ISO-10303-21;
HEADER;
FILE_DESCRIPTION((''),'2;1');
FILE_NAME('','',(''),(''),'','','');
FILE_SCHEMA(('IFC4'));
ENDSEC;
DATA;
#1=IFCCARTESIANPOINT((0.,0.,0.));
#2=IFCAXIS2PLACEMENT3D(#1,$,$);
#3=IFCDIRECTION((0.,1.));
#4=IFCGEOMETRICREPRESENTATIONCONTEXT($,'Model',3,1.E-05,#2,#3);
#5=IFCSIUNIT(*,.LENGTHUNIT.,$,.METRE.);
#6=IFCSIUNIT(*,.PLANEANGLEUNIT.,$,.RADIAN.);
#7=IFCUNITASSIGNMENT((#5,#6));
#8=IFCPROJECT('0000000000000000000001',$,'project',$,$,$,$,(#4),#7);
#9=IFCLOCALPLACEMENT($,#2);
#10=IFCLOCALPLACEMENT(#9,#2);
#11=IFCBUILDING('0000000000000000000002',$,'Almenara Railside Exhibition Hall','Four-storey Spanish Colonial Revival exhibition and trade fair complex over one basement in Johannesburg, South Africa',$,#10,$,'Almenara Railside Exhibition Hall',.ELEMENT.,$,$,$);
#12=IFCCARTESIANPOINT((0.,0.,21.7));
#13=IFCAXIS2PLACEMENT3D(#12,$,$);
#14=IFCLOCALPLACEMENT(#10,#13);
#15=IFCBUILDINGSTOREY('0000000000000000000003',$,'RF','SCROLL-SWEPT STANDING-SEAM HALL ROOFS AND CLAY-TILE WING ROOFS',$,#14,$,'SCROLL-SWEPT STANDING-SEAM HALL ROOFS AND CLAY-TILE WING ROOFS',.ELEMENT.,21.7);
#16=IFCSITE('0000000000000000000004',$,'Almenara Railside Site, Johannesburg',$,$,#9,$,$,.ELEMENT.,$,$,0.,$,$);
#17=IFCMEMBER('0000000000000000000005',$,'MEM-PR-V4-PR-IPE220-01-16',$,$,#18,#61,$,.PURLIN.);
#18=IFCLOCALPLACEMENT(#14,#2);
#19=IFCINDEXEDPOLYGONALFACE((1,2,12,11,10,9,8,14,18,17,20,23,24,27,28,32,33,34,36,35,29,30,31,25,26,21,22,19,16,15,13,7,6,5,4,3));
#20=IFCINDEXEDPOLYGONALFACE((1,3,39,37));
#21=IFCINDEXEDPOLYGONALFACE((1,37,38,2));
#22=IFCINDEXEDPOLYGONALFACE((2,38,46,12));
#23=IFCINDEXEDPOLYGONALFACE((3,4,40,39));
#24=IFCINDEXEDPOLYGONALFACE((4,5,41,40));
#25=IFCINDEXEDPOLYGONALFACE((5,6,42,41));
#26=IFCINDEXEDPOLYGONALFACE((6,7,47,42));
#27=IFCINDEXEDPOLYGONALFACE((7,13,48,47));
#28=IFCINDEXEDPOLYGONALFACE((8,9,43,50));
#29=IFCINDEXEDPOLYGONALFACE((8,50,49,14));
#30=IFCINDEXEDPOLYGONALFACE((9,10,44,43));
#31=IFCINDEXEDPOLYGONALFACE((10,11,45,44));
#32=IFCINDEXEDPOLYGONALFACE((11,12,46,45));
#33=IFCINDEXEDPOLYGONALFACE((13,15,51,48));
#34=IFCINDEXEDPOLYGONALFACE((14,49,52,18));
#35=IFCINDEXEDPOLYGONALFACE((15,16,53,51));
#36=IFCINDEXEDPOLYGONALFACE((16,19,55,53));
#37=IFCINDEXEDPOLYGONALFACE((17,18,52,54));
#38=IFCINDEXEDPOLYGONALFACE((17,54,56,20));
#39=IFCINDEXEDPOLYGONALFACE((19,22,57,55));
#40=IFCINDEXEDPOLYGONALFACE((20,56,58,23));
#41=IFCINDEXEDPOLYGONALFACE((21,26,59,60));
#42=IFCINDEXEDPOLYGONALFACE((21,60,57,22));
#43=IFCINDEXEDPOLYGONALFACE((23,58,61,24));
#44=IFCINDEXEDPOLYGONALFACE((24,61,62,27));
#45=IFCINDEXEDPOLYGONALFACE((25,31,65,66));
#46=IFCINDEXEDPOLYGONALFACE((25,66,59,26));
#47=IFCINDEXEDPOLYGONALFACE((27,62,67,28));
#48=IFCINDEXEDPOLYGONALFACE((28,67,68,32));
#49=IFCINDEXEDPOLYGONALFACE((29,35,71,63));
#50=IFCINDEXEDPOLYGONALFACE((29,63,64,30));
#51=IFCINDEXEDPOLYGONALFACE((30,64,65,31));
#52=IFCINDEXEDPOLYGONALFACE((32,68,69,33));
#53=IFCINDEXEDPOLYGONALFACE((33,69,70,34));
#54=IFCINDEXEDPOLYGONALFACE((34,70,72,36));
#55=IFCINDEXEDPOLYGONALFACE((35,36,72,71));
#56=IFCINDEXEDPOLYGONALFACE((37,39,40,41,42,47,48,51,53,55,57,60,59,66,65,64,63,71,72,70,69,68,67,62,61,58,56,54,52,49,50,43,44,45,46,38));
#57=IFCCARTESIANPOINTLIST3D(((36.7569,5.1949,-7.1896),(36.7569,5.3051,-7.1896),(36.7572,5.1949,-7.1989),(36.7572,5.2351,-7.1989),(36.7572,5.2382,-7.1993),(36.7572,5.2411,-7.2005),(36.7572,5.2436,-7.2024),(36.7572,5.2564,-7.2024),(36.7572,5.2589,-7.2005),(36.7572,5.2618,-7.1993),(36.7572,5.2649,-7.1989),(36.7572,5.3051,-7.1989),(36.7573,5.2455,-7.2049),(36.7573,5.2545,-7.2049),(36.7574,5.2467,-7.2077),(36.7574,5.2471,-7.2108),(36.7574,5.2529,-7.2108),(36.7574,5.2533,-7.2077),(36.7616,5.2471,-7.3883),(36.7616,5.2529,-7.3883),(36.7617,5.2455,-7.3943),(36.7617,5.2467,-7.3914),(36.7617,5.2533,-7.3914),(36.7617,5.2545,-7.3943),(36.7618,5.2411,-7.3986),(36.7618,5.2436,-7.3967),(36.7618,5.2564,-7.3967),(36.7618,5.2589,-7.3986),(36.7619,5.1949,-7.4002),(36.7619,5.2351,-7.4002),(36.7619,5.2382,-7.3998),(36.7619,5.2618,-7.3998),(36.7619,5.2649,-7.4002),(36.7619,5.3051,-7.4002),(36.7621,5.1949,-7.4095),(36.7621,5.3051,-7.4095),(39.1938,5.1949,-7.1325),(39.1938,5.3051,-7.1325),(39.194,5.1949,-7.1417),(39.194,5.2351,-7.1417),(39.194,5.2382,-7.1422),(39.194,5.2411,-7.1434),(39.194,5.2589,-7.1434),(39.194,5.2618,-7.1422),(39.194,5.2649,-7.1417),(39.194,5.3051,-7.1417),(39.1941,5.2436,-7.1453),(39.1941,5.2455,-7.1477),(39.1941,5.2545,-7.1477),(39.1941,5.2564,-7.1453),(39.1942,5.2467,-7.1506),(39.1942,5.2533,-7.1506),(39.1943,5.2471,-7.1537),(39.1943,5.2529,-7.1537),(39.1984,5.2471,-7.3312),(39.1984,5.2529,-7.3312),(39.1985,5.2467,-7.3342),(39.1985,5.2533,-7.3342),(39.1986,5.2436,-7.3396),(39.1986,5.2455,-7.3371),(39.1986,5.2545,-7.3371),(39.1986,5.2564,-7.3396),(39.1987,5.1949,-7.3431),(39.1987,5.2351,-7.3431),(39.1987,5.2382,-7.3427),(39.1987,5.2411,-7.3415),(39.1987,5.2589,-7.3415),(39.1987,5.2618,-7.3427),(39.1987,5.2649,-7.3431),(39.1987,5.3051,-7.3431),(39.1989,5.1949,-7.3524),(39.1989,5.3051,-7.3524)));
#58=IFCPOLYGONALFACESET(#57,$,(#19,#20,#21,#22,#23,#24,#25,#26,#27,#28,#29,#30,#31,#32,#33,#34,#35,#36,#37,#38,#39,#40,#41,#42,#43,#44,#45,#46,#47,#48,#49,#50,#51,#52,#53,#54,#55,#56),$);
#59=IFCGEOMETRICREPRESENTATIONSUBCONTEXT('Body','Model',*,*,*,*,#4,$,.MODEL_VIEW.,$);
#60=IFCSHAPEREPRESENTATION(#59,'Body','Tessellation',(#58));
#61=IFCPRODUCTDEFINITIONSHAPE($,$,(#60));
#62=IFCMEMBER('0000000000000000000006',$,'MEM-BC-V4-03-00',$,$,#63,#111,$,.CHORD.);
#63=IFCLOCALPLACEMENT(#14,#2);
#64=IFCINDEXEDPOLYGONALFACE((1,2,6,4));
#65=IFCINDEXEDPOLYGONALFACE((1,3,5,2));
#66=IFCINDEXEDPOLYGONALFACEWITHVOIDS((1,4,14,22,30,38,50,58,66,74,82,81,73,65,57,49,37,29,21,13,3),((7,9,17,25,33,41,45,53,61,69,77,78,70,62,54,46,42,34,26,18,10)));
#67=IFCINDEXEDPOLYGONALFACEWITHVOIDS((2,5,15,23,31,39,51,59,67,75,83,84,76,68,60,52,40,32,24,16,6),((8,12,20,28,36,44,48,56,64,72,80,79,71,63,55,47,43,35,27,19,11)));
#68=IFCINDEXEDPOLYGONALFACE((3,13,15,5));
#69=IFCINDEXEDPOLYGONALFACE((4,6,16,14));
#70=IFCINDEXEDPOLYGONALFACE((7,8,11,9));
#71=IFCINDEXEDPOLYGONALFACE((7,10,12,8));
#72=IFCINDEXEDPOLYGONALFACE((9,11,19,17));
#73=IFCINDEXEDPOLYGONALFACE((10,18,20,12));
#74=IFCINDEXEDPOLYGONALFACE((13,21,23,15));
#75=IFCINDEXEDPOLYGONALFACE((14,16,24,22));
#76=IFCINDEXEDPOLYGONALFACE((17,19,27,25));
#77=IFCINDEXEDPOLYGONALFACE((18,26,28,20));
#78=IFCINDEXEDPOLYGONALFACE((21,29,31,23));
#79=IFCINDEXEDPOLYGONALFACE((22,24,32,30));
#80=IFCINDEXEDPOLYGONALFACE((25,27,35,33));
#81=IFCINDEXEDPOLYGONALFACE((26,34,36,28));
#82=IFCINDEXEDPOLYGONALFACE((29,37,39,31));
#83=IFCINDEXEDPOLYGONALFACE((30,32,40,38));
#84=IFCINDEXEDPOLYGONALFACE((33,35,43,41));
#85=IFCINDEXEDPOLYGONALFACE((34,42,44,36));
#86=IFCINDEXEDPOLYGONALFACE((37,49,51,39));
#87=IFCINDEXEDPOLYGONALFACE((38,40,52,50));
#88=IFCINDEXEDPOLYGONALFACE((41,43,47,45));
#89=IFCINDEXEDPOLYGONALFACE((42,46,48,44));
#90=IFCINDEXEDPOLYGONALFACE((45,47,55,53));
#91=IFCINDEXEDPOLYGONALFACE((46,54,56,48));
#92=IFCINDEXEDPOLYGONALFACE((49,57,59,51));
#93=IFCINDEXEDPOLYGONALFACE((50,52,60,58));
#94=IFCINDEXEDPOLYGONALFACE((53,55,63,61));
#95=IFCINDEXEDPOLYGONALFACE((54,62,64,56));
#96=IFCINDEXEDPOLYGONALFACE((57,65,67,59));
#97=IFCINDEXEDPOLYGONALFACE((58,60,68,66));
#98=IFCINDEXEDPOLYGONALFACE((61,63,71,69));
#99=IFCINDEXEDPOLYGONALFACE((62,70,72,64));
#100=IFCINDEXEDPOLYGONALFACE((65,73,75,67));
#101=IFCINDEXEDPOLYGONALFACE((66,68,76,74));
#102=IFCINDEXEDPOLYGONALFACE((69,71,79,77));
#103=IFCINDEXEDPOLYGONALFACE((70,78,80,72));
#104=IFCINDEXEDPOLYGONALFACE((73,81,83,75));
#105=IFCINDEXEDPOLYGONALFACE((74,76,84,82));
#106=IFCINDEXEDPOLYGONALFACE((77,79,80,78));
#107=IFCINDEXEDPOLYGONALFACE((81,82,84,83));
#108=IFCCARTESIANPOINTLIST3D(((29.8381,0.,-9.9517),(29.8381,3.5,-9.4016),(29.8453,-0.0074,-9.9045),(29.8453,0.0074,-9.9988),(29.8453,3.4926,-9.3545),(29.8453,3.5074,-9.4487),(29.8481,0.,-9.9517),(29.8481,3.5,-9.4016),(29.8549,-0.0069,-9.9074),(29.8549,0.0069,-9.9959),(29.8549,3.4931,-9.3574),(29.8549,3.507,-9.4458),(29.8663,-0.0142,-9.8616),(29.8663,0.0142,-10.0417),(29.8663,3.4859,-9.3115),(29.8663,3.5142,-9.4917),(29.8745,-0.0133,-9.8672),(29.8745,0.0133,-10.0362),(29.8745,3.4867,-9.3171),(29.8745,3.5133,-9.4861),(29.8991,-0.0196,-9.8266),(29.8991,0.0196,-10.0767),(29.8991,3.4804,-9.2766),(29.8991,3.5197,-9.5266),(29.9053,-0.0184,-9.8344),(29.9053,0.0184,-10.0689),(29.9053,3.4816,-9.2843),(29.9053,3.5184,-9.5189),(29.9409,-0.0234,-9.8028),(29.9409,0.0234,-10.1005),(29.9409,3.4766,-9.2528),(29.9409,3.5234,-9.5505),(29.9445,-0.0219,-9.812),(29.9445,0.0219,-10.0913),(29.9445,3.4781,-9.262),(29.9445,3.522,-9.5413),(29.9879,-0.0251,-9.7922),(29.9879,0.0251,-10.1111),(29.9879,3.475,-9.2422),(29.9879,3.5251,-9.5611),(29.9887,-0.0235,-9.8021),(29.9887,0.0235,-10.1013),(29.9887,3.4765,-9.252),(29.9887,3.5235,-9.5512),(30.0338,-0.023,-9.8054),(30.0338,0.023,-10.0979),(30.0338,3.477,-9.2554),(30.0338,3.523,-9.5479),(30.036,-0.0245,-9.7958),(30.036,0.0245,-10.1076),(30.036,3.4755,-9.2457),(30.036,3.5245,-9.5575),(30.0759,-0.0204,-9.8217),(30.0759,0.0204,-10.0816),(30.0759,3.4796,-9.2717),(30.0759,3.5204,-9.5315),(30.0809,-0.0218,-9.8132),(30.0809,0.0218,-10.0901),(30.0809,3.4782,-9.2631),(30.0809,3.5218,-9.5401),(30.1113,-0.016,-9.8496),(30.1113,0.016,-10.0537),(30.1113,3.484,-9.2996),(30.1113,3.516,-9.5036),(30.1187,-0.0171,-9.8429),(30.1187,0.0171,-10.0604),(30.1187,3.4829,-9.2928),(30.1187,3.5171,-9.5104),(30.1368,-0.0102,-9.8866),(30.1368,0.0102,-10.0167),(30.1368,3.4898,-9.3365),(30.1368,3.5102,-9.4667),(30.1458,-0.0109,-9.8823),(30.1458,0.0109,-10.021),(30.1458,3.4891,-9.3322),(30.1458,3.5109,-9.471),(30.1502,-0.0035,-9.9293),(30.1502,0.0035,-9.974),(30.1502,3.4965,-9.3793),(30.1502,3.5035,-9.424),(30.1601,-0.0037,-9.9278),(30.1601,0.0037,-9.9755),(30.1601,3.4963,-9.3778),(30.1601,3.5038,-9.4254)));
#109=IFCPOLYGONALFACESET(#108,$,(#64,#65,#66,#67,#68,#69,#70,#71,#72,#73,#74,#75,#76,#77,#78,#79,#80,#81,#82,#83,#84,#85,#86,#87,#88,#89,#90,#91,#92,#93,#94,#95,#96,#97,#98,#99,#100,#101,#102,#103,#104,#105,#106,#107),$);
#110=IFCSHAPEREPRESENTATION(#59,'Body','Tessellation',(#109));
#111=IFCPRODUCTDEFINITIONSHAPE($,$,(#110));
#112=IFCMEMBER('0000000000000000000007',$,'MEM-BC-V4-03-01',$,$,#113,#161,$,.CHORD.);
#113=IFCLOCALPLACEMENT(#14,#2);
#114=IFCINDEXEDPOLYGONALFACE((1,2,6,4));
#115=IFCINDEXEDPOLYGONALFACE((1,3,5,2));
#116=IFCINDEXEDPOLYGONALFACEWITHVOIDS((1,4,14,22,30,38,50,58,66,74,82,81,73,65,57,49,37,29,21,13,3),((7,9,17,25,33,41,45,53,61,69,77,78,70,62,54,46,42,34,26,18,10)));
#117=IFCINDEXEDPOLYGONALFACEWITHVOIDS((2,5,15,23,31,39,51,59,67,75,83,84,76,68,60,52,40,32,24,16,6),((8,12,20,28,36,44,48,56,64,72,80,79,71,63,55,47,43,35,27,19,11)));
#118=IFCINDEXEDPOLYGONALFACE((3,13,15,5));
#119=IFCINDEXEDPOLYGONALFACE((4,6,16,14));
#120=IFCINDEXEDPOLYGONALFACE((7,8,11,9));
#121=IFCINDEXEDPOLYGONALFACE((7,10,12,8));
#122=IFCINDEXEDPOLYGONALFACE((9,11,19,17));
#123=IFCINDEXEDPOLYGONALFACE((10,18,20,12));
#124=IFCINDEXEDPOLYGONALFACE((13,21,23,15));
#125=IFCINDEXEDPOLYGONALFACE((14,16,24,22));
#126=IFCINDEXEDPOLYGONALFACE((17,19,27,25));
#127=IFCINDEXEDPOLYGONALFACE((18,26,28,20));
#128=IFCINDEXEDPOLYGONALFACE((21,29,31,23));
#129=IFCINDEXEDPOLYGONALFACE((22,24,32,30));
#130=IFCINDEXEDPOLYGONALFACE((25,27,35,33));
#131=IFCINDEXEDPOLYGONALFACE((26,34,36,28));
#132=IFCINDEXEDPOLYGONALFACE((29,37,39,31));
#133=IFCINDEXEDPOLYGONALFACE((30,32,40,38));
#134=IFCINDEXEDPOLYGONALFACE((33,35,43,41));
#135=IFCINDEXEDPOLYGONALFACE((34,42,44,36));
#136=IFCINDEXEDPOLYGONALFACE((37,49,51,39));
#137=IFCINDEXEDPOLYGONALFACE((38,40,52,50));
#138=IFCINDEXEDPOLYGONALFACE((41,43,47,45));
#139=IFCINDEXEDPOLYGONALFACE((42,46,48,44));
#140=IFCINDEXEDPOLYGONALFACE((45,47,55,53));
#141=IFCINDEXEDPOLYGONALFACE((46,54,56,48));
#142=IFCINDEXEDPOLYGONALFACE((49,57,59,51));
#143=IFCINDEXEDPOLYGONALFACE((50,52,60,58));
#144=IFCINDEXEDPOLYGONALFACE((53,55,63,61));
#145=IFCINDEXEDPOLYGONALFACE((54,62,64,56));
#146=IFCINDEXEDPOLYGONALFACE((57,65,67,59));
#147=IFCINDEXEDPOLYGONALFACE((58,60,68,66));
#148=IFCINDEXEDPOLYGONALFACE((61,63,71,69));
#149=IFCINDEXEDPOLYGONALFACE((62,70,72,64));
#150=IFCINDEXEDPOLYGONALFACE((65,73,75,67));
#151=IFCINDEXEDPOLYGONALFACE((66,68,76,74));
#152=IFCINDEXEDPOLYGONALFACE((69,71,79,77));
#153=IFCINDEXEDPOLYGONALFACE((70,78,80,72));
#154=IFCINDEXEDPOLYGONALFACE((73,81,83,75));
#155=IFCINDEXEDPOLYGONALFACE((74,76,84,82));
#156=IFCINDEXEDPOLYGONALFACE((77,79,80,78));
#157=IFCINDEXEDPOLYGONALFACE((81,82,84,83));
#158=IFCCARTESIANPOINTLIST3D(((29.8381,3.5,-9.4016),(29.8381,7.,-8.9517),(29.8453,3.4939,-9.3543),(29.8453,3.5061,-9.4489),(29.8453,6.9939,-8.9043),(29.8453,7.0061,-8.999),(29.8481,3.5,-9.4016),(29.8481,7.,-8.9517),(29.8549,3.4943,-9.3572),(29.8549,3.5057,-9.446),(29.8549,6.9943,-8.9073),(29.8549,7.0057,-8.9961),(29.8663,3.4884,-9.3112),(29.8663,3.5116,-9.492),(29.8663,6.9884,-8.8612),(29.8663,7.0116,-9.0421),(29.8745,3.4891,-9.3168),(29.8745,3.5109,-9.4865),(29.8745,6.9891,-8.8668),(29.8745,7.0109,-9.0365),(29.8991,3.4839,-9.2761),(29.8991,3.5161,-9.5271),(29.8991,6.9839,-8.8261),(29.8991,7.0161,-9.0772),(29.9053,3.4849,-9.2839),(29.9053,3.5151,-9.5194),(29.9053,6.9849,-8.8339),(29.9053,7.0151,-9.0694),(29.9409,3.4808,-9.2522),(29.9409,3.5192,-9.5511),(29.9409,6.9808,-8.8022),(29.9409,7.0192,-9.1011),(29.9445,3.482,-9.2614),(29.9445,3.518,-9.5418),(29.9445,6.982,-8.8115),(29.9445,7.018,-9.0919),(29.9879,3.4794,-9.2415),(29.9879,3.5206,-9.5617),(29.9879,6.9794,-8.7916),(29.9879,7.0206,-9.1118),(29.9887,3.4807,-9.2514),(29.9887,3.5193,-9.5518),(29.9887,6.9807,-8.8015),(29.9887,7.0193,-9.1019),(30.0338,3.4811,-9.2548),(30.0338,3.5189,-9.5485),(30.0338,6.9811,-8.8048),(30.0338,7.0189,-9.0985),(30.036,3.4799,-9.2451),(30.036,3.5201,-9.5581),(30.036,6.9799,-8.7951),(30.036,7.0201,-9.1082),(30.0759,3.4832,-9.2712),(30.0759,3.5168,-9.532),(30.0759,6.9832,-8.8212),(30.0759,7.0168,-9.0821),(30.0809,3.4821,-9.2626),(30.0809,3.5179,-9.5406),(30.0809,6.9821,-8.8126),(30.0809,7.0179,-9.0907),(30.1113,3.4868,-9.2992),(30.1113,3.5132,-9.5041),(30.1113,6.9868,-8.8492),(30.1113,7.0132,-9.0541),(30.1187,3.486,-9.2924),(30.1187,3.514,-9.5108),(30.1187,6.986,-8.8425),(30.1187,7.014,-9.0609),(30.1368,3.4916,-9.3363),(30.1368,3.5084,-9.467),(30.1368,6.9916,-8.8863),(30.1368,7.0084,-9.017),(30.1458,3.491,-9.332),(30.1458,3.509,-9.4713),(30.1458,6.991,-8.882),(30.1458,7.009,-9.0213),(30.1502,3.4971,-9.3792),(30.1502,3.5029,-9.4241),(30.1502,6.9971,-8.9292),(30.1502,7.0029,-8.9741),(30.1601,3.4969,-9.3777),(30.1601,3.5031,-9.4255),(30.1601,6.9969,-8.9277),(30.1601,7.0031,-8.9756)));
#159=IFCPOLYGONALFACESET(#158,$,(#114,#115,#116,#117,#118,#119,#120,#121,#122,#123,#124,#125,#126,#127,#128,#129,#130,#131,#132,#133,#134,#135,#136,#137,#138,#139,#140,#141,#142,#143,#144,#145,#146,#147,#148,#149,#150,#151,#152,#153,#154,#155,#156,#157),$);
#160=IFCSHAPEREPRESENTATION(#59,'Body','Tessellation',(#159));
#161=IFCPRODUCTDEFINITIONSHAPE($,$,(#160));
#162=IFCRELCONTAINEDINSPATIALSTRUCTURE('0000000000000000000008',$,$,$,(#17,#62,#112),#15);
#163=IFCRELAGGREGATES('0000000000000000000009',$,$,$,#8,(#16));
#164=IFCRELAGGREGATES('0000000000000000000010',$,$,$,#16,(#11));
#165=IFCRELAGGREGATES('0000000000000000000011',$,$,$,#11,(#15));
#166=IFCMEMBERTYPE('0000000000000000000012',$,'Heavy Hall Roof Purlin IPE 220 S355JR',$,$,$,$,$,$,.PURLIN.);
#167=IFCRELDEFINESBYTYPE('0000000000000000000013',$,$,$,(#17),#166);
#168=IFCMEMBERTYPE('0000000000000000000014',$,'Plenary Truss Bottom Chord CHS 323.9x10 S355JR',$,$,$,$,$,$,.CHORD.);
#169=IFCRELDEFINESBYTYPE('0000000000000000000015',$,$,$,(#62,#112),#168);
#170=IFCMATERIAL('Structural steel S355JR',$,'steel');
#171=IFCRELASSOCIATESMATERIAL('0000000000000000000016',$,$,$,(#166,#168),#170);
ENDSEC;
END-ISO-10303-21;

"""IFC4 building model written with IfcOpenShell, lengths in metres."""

from ifc_helpers import new_model, si_unit, direction, frame, origin, origin_2d, place, context, subcontext, project, spatial, hollow_circle, i_section, extrude, material, material_profile, profile_set, type_object, element, save


model = new_model("IFC4")

# Units and contexts
model_context = context("Model", 3, precision=1e-05, world=origin(), true_north=direction((0.0, 1.0)))
body_context = subcontext(model_context, "Body", "Model", "MODEL_VIEW")
ifc_project = project(units=[si_unit("LENGTHUNIT", "METRE"), si_unit("PLANEANGLEUNIT", "RADIAN")], contexts=[model_context])

# Site, building, storey
site_placement = place(None, origin())
site = spatial("IfcSite", under=ifc_project, at=site_placement, Name="Almenara Railside Site, Johannesburg", CompositionType="ELEMENT", RefElevation=0.0)
building_placement = place(site_placement, origin())
building = spatial("IfcBuilding", under=site, at=building_placement, Name="Almenara Railside Exhibition Hall", Description="Four-storey Spanish Colonial Revival exhibition and trade fair complex over one basement in Johannesburg, South Africa", LongName="Almenara Railside Exhibition Hall", CompositionType="ELEMENT")
storey_placement = place(building_placement, frame((0.0, 0.0, 21.7)))
storey = spatial("IfcBuildingStorey", under=building, at=storey_placement, Name="RF", Description="SCROLL-SWEPT STANDING-SEAM HALL ROOFS AND CLAY-TILE WING ROOFS", LongName="SCROLL-SWEPT STANDING-SEAM HALL ROOFS AND CLAY-TILE WING ROOFS", CompositionType="ELEMENT", Elevation=21.7)

# Members
ifc_material = material(Name="Structural steel S355JR", Category="steel")
ifc_material_profile_1 = material_profile(ifc_material, i_section(OverallWidth=0.1101, OverallDepth=0.22, WebThickness=0.0059, FlangeThickness=0.0093, FilletRadius=0.012, at=origin_2d()), Name="IPE 220")
ifc_profile_set_1 = profile_set([ifc_material_profile_1], Name="Structural steel S355JR")
member_type_1 = type_object("IfcMemberType", Name="Heavy Hall Roof Purlin IPE 220 S355JR", PredefinedType="PURLIN", material=ifc_profile_set_1)
member_1_placement = place(storey_placement, frame((36.7595, 5.25, -7.2996), z_axis=(0.999725, 0.0, 0.023438), x_axis=(0.0, 1.0, 0.0)))
element("IfcMember", 1, at=member_1_placement, inside=storey, type_object=member_type_1, Name="MEM-PR-V4-PR-IPE220-01-16", PredefinedType="PURLIN", context=body_context, shape_type="SweptSolid", body=[
    extrude(i_section(OverallWidth=0.1101, OverallDepth=0.22, WebThickness=0.0059, FlangeThickness=0.0093, FilletRadius=0.012, at=origin_2d()), origin(), (0.0, 0.0, 1.0), 2.4375),
])
ifc_material_profile_2 = material_profile(ifc_material, hollow_circle(Radius=0.1619, WallThickness=0.01, at=origin_2d()), Name="CHS 323.9x10")
ifc_profile_set_2 = profile_set([ifc_material_profile_2], Name="Structural steel S355JR")
member_type_2 = type_object("IfcMemberType", Name="Plenary Truss Bottom Chord CHS 323.9x10 S355JR", PredefinedType="CHORD", material=ifc_profile_set_2)
member_2_placement = place(storey_placement, frame((30.0, 0.0, -9.9517), z_axis=(0.0, 0.987875, 0.155251), x_axis=(-1.0, 0.0, 0.0)))
element("IfcMember", 2, at=member_2_placement, inside=storey, type_object=member_type_2, Name="MEM-BC-V4-03-00", PredefinedType="CHORD", context=body_context, shape_type="SweptSolid", body=[
    extrude(hollow_circle(Radius=0.1619, WallThickness=0.01, at=origin_2d()), origin(), (0.0, 0.0, 1.0), 3.543),
])
member_3_placement = place(storey_placement, frame((30.0, 3.5, -9.4016), z_axis=(0.0, 0.991838, 0.127508), x_axis=(-1.0, 0.0, 0.0)))
element("IfcMember", 3, at=member_3_placement, inside=storey, type_object=member_type_2, Name="MEM-BC-V4-03-01", PredefinedType="CHORD", context=body_context, shape_type="SweptSolid", body=[
    extrude(hollow_circle(Radius=0.1619, WallThickness=0.01, at=origin_2d()), origin(), (0.0, 0.0, 1.0), 3.5288),
])

save(model, "model.ifc")
